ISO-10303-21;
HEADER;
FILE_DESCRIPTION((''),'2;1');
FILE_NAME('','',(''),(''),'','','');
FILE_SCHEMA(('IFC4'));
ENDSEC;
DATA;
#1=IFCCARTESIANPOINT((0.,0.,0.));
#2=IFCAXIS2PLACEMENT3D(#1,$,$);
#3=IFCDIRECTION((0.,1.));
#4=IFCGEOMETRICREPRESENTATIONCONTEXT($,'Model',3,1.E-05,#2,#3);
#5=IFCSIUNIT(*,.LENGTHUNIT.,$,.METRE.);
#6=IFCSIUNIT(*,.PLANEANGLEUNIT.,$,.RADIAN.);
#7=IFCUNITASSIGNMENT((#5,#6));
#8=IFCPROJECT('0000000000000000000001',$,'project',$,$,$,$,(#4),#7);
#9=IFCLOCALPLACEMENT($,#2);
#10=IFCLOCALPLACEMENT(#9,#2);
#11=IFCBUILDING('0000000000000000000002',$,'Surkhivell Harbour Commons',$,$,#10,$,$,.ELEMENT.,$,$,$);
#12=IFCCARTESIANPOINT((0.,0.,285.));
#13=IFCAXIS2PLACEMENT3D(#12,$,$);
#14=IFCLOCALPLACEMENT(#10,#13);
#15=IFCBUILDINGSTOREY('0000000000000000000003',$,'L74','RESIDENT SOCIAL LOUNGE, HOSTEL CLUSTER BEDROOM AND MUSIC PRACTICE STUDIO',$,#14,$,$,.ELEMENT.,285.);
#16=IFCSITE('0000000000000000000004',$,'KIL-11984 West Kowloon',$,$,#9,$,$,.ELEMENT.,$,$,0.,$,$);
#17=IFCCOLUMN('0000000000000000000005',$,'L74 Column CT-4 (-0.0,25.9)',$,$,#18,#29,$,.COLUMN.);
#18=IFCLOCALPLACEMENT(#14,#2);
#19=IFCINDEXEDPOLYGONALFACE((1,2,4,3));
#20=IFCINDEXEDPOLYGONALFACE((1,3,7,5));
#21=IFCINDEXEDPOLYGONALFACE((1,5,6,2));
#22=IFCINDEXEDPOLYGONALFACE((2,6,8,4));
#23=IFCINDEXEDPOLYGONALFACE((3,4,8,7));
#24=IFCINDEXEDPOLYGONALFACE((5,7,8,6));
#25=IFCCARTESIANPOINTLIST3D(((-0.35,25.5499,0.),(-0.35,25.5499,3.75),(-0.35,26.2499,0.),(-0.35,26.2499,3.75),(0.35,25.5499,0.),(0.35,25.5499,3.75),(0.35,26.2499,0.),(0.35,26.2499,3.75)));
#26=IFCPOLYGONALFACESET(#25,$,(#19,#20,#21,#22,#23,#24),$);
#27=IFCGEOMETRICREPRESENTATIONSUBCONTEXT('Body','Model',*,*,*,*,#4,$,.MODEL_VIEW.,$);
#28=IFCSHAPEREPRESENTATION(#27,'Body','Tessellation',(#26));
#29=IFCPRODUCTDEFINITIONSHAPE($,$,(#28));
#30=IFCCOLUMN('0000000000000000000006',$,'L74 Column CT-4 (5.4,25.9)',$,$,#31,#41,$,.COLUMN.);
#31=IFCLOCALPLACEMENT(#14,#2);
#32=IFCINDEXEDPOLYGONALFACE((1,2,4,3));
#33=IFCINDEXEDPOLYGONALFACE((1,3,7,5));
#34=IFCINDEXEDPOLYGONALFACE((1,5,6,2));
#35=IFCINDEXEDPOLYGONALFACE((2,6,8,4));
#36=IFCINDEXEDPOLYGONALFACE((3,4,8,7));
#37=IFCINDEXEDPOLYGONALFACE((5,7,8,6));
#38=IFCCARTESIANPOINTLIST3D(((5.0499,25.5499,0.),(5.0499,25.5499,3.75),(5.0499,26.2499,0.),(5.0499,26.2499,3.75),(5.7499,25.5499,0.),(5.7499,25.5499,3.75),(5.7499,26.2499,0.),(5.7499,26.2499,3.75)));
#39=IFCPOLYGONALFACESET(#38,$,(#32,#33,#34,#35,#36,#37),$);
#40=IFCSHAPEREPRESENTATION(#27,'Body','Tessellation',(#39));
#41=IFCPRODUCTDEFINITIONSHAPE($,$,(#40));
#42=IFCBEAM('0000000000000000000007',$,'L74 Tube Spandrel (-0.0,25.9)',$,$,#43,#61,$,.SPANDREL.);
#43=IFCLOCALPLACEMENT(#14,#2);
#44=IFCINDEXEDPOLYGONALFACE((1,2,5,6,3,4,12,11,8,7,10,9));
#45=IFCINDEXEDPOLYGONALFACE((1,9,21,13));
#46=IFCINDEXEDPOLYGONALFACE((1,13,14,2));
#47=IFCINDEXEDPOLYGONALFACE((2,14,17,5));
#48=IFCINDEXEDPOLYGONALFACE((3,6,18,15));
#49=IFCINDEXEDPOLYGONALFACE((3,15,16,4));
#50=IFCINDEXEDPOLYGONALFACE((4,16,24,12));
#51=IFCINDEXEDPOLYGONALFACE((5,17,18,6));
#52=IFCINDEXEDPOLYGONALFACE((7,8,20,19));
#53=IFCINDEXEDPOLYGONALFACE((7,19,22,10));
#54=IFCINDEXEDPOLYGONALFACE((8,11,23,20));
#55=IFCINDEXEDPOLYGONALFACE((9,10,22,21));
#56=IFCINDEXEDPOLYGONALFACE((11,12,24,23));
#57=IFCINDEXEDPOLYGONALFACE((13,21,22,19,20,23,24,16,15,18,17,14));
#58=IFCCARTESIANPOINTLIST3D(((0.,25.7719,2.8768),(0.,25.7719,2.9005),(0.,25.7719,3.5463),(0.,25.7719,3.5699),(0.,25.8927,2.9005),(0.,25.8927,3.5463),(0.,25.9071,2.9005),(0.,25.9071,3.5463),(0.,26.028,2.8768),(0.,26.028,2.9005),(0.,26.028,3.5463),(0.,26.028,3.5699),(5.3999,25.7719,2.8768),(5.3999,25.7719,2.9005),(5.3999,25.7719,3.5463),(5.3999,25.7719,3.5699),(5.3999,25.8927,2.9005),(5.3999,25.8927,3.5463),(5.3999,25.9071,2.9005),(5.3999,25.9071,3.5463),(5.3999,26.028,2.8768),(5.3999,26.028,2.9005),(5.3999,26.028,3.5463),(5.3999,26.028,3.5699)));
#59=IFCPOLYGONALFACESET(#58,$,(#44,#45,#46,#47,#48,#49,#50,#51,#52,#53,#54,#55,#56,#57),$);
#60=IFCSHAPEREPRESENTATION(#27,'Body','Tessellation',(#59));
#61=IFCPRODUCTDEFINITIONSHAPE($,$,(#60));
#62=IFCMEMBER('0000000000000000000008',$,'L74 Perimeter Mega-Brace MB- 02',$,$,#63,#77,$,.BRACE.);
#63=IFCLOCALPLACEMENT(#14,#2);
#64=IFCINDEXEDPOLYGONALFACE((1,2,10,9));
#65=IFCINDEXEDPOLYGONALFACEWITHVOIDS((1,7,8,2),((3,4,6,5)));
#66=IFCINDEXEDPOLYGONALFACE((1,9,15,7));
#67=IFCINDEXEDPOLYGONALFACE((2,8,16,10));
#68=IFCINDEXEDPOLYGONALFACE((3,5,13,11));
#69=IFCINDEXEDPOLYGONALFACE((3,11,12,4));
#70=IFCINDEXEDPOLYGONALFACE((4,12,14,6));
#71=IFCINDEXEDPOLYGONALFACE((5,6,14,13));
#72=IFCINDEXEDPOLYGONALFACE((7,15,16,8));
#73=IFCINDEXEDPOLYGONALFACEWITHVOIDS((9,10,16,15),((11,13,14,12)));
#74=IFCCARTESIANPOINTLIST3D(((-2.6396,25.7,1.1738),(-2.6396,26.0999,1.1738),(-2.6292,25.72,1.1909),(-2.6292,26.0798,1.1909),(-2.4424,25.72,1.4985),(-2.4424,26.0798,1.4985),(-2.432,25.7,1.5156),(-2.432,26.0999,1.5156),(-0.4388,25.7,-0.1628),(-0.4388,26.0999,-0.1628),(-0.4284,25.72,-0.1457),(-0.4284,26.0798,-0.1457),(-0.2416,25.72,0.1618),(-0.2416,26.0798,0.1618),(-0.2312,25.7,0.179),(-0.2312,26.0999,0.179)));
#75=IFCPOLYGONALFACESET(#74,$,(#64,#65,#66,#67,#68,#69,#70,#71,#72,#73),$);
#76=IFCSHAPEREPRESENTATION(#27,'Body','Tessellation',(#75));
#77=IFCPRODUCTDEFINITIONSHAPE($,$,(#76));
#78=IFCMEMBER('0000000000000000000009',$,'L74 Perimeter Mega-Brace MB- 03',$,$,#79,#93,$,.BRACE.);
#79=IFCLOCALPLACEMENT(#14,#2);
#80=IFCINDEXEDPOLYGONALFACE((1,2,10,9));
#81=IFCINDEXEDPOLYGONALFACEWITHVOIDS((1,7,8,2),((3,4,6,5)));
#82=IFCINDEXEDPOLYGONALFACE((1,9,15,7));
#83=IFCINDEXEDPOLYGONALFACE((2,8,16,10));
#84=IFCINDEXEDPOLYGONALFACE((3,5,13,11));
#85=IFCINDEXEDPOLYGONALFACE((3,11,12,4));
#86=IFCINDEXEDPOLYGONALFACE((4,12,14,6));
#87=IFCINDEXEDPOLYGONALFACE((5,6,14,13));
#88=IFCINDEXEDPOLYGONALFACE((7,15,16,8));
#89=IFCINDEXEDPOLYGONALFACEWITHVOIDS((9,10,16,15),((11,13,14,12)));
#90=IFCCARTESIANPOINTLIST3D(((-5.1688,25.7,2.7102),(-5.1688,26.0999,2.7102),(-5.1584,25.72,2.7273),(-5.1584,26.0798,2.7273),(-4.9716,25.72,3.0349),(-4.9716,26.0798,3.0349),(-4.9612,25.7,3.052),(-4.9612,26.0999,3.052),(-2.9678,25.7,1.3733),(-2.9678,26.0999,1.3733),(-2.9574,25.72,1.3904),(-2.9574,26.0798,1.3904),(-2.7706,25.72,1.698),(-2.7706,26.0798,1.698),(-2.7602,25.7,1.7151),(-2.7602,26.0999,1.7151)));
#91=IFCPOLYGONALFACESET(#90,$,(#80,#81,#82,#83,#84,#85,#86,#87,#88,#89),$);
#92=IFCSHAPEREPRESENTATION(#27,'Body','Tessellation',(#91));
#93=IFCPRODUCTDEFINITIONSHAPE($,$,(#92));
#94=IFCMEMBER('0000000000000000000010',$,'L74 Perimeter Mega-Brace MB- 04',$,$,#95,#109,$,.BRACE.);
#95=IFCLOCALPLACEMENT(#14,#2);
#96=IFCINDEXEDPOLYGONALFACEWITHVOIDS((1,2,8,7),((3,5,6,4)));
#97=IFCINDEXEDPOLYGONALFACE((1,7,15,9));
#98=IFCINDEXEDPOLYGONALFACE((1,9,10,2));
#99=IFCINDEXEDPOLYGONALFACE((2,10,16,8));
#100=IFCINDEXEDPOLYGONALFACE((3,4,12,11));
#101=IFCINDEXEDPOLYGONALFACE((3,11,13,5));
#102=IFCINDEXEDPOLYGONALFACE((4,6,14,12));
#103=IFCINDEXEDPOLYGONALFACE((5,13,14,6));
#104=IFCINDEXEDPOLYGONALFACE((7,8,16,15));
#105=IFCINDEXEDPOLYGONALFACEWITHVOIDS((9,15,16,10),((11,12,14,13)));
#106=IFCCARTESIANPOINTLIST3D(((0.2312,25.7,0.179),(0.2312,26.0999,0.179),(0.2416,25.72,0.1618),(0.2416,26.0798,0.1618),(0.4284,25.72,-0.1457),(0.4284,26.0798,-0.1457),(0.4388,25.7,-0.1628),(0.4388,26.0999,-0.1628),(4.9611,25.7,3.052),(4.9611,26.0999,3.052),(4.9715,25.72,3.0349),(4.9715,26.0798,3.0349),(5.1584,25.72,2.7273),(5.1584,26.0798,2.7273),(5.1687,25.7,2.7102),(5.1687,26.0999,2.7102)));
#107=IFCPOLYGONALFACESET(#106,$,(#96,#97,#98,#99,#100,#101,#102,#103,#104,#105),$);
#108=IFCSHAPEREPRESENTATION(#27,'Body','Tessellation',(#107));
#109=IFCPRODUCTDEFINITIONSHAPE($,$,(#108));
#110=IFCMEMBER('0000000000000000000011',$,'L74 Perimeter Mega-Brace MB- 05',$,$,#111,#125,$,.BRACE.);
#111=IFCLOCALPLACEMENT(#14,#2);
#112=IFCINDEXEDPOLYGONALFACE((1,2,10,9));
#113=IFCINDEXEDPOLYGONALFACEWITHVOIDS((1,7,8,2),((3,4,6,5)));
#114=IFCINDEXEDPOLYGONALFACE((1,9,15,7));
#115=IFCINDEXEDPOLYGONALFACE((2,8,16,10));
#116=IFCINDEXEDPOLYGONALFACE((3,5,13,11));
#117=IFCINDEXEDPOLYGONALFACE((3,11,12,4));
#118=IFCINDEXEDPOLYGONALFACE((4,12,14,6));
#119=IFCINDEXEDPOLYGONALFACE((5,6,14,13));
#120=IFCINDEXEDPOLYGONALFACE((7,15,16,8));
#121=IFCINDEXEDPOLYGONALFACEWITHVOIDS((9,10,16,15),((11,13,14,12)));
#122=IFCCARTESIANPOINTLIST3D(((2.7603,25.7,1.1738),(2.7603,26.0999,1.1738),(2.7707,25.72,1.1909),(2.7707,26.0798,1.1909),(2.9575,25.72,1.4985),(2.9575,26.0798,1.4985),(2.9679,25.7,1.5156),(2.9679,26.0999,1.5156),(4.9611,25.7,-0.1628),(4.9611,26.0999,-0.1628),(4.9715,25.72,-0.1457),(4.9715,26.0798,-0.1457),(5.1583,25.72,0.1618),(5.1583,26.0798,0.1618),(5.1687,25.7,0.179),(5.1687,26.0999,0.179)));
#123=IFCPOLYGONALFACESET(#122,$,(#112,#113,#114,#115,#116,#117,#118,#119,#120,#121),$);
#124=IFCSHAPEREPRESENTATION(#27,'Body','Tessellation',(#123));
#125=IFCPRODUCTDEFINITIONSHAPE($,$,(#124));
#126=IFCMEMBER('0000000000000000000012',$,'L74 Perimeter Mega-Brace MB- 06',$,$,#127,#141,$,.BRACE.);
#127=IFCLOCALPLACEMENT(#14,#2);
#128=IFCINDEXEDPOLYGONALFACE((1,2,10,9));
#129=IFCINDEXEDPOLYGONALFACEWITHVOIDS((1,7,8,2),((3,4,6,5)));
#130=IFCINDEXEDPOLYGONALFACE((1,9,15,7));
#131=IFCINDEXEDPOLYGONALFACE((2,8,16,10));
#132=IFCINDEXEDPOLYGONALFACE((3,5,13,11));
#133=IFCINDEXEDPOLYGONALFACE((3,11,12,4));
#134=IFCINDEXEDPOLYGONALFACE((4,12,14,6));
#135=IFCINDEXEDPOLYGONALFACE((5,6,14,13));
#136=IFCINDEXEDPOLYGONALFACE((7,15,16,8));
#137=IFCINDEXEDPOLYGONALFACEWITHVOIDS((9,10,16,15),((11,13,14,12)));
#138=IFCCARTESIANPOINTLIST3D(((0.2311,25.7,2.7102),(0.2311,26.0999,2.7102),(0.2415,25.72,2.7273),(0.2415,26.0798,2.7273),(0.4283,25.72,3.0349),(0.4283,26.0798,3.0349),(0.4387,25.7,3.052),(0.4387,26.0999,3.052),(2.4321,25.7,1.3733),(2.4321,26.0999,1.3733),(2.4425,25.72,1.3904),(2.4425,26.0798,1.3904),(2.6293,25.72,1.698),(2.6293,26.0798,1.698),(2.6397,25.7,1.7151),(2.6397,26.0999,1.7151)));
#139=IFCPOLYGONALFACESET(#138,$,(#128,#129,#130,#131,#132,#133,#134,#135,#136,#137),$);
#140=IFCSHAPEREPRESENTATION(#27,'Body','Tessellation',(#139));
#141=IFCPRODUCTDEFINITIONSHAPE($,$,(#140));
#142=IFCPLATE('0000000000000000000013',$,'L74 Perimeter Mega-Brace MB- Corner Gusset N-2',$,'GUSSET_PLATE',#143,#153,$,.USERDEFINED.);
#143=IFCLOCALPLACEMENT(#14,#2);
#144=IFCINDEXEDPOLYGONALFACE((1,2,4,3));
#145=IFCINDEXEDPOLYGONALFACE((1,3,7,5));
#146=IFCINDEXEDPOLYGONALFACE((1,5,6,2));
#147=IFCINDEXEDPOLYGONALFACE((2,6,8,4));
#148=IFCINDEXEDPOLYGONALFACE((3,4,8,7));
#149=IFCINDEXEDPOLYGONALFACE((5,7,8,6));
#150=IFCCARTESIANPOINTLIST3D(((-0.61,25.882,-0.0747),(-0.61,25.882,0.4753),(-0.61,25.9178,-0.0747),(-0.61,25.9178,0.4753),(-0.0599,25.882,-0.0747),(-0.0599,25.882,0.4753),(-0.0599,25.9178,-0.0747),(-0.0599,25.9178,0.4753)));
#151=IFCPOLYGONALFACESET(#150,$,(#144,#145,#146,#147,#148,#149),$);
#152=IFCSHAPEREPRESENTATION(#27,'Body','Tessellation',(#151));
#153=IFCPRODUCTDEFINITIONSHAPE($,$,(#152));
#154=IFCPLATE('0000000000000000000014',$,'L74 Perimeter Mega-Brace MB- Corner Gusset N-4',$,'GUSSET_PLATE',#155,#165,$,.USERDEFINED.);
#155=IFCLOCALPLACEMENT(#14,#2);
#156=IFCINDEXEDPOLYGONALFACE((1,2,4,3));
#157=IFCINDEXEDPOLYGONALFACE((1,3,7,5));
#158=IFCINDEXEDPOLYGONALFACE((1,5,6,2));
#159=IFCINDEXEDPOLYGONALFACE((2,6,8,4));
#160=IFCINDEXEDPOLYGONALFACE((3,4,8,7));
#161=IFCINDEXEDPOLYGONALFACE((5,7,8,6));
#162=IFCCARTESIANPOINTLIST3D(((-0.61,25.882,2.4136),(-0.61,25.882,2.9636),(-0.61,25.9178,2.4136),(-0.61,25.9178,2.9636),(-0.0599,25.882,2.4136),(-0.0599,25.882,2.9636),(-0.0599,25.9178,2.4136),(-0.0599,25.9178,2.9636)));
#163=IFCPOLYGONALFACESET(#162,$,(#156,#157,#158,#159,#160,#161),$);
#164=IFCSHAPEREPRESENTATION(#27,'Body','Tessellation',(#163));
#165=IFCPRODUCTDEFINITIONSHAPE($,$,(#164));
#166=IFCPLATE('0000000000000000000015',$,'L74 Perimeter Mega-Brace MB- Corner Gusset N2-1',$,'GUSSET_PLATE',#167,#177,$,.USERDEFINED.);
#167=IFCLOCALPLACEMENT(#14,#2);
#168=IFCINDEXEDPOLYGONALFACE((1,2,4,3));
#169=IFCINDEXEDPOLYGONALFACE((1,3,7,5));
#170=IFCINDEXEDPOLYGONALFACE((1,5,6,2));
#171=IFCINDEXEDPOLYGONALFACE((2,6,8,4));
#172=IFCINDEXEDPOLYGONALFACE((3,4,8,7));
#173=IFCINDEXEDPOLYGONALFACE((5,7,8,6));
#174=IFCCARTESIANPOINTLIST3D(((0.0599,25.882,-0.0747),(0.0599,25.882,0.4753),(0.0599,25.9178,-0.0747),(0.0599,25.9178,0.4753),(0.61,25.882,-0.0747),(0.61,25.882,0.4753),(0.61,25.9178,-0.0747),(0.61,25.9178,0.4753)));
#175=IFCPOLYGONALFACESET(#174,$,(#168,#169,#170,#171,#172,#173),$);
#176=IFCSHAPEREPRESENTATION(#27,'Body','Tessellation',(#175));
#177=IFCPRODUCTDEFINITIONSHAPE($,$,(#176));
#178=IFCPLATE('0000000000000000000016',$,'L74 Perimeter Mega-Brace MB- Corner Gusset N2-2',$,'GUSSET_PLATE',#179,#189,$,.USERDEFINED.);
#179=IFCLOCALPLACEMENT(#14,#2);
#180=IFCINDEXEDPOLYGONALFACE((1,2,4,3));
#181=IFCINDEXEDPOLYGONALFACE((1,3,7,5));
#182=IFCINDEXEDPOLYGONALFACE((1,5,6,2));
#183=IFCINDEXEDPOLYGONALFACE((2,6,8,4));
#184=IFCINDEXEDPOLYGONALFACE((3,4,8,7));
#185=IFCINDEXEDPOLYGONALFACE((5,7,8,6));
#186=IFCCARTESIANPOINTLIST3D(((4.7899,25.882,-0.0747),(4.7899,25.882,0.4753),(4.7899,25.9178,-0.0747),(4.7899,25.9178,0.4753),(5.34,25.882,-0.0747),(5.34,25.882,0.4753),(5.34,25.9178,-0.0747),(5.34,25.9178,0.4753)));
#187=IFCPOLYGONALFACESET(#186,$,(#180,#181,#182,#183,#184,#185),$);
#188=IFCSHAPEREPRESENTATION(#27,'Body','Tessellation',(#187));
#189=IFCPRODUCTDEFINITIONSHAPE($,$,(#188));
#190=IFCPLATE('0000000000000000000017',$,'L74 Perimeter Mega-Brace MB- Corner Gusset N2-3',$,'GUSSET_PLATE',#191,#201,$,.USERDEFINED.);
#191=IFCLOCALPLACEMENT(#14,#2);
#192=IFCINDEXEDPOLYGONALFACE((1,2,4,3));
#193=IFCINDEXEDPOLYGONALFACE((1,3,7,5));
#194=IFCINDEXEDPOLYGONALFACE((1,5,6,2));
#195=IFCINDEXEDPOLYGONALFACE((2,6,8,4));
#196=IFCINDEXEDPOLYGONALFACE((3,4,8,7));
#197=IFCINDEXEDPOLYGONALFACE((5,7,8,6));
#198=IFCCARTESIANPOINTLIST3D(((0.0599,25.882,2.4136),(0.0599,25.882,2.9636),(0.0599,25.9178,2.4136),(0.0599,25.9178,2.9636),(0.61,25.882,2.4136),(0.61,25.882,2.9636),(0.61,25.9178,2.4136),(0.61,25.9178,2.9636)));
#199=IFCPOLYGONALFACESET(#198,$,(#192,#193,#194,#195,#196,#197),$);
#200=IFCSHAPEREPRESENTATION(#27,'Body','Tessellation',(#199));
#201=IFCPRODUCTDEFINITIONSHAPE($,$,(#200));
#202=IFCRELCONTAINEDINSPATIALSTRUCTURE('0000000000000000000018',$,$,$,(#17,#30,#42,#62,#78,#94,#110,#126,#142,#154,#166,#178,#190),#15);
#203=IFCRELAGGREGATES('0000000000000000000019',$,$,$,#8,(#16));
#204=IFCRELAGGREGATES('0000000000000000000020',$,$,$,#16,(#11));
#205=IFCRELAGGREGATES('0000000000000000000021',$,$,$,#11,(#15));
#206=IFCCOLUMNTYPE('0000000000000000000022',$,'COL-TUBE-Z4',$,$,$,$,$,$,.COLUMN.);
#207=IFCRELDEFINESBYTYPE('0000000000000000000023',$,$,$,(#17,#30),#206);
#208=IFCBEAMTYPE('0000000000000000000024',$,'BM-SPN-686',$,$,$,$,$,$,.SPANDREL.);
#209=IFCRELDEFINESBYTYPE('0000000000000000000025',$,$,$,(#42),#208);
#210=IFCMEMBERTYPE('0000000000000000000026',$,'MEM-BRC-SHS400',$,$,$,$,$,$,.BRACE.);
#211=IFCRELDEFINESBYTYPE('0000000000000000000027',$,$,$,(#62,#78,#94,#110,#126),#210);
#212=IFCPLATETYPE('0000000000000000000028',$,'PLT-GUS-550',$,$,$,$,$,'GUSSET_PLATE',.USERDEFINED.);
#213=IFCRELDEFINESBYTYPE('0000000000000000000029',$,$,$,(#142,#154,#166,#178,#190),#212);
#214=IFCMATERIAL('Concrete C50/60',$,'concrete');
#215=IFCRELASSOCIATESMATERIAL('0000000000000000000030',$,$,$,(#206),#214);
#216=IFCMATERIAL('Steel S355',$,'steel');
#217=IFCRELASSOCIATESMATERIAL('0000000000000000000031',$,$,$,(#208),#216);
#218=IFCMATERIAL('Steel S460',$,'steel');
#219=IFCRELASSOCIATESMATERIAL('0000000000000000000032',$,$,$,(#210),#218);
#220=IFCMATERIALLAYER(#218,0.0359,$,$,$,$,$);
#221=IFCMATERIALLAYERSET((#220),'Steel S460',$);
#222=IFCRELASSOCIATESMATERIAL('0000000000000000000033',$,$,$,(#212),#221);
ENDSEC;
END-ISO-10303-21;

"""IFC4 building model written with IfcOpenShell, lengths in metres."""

from ifc_helpers import new_model, si_unit, direction, frame, origin, origin_2d, place, context, subcontext, project, spatial, rectangle, hollow_rectangle, i_section, extrude, material, layer, layer_set, material_profile, profile_set, type_object, element, save


model = new_model("IFC4")

# Units and contexts
model_context = context("Model", 3, precision=1e-05, world=origin(), true_north=direction((0.0, 1.0)))
body_context = subcontext(model_context, "Body", "Model", "MODEL_VIEW")
ifc_project = project(units=[si_unit("LENGTHUNIT", "METRE"), si_unit("PLANEANGLEUNIT", "RADIAN")], contexts=[model_context])

# Site, building, storey
site_placement = place(None, origin())
site = spatial("IfcSite", under=ifc_project, at=site_placement, Name="KIL-11984 West Kowloon", CompositionType="ELEMENT", RefElevation=0.0)
building_placement = place(site_placement, origin())
building = spatial("IfcBuilding", under=site, at=building_placement, Name="Surkhivell Harbour Commons", CompositionType="ELEMENT")
storey_placement = place(building_placement, frame((0.0, 0.0, 285.0)))
storey = spatial("IfcBuildingStorey", under=building, at=storey_placement, Name="L74", Description="RESIDENT SOCIAL LOUNGE, HOSTEL CLUSTER BEDROOM AND MUSIC PRACTICE STUDIO", CompositionType="ELEMENT", Elevation=285.0)

# Columns
ifc_material_1 = material(Name="Concrete C50/60", Category="concrete")
ifc_material_profile_1 = material_profile(ifc_material_1, rectangle(XDim=0.7, YDim=0.7, at=origin_2d()), Name="RC-COL-700x700")
ifc_profile_set_1 = profile_set([ifc_material_profile_1], Name="Concrete C50/60")
column_type = type_object("IfcColumnType", Name="COL-TUBE-Z4", PredefinedType="COLUMN", material=ifc_profile_set_1)
for number, where, z_axis, x_axis, name in (
    (1, (0.0, 25.8999, 0.0), (0.0, 0.0, 1.0), (1.0, 0.0, 0.0), "L74 Column CT-4 (-0.0,25.9)"),
    (2, (5.3999, 25.8999, 0.0), (0.0, 0.0, 1.0), (1.0, 0.0, 0.0), "L74 Column CT-4 (5.4,25.9)"),
):
    element("IfcColumn", number, at=place(storey_placement, frame(where, z_axis=z_axis, x_axis=x_axis)), inside=storey, type_object=column_type, Name=name, PredefinedType="COLUMN", context=body_context, shape_type="SweptSolid", body=[
        extrude(rectangle(XDim=0.7, YDim=0.7, at=origin_2d()), origin(), (0.0, 0.0, 1.0), 3.75),
    ])

# Beam
ifc_material_2 = material(Name="Steel S355", Category="steel")
ifc_material_profile_2 = material_profile(ifc_material_2, i_section(OverallWidth=0.2561, OverallDepth=0.6931, WebThickness=0.0144, FlangeThickness=0.0237, at=origin_2d()), Name="UB686x254x170")
ifc_profile_set_2 = profile_set([ifc_material_profile_2], Name="Steel S355")
beam_type = type_object("IfcBeamType", Name="BM-SPN-686", PredefinedType="SPANDREL", material=ifc_profile_set_2)
beam_placement = place(storey_placement, frame((0.0, 25.8999, 3.2234), z_axis=(1.0, 0.0, 0.0), x_axis=(0.0, 1.0, 0.0)))
element("IfcBeam", 3, at=beam_placement, inside=storey, type_object=beam_type, Name="L74 Tube Spandrel (-0.0,25.9)", PredefinedType="SPANDREL", context=body_context, shape_type="SweptSolid", body=[
    extrude(i_section(OverallWidth=0.2561, OverallDepth=0.6931, WebThickness=0.0144, FlangeThickness=0.0237, at=origin_2d()), origin(), (0.0, 0.0, 1.0), 5.3999),
])

# Members
ifc_material_3 = material(Name="Steel S460", Category="steel")
ifc_material_profile_3 = material_profile(ifc_material_3, hollow_rectangle(XDim=0.3999, YDim=0.3999, WallThickness=0.02, at=origin_2d()), Name="SHS400x400x20")
ifc_profile_set_3 = profile_set([ifc_material_profile_3], Name="Steel S460")
member_type = type_object("IfcMemberType", Name="MEM-BRC-SHS400", PredefinedType="BRACE", material=ifc_profile_set_3)
member_1_placement = place(storey_placement, frame((-0.335, 25.8999, 0.0081), z_axis=(-0.85472, 0.0, 0.519089), x_axis=(0.0, -1.0, 0.0)))
element("IfcMember", 4, at=member_1_placement, inside=storey, type_object=member_type, Name="L74 Perimeter Mega-Brace MB- 02", PredefinedType="BRACE", context=body_context, shape_type="SweptSolid", body=[
    extrude(hollow_rectangle(XDim=0.3999, YDim=0.3999, WallThickness=0.02, at=origin_2d()), origin(), (0.0, 0.0, 1.0), 2.575),
])
member_2_placement = place(storey_placement, frame((-2.864, 25.8999, 1.5442), z_axis=(-0.854678, 0.0, 0.519159), x_axis=(0.0, -1.0, 0.0)))
element("IfcMember", 5, at=member_2_placement, inside=storey, type_object=member_type, Name="L74 Perimeter Mega-Brace MB- 03", PredefinedType="BRACE", context=body_context, shape_type="SweptSolid", body=[
    extrude(hollow_rectangle(XDim=0.3999, YDim=0.3999, WallThickness=0.02, at=origin_2d()), origin(), (0.0, 0.0, 1.0), 2.5752),
])
member_3_placement = place(storey_placement, frame((0.335, 25.8999, 0.0081), z_axis=(0.854685, 0.0, 0.519146), x_axis=(0.0, 1.0, 0.0)))
element("IfcMember", 6, at=member_3_placement, inside=storey, type_object=member_type, Name="L74 Perimeter Mega-Brace MB- 04", PredefinedType="BRACE", context=body_context, shape_type="SweptSolid", body=[
    extrude(hollow_rectangle(XDim=0.3999, YDim=0.3999, WallThickness=0.02, at=origin_2d()), origin(), (0.0, 0.0, 1.0), 5.5342),
])
member_4_placement = place(storey_placement, frame((5.0649, 25.8999, 0.0081), z_axis=(-0.85472, 0.0, 0.519089), x_axis=(0.0, -1.0, 0.0)))
element("IfcMember", 7, at=member_4_placement, inside=storey, type_object=member_type, Name="L74 Perimeter Mega-Brace MB- 05", PredefinedType="BRACE", context=body_context, shape_type="SweptSolid", body=[
    extrude(hollow_rectangle(XDim=0.3999, YDim=0.3999, WallThickness=0.02, at=origin_2d()), origin(), (0.0, 0.0, 1.0), 2.575),
])
member_5_placement = place(storey_placement, frame((2.5359, 25.8999, 1.5442), z_axis=(-0.854678, 0.0, 0.519159), x_axis=(0.0, -1.0, 0.0)))
element("IfcMember", 8, at=member_5_placement, inside=storey, type_object=member_type, Name="L74 Perimeter Mega-Brace MB- 06", PredefinedType="BRACE", context=body_context, shape_type="SweptSolid", body=[
    extrude(hollow_rectangle(XDim=0.3999, YDim=0.3999, WallThickness=0.02, at=origin_2d()), origin(), (0.0, 0.0, 1.0), 2.5752),
])

# Plates
ifc_layer_1 = layer(ifc_material_3, 0.0359)
ifc_layer_set_1 = layer_set([ifc_layer_1], Name="Steel S460")
plate_type_1 = type_object("IfcPlateType", Name="PLT-GUS-550", ElementType="GUSSET_PLATE", PredefinedType="USERDEFINED", material=ifc_layer_set_1)
for number, where, z_axis, x_axis, name in (
    (9, (-0.335, 25.8999, -0.0747), (0.0, 0.0, 1.0), (1.0, 0.0, 0.0), "L74 Perimeter Mega-Brace MB- Corner Gusset N-2"),
    (10, (-0.335, 25.8999, 2.4136), (0.0, 0.0, 1.0), (1.0, 0.0, 0.0), "L74 Perimeter Mega-Brace MB- Corner Gusset N-4"),
    (11, (0.335, 25.8999, -0.0747), (0.0, 0.0, 1.0), (1.0, 0.0, 0.0), "L74 Perimeter Mega-Brace MB- Corner Gusset N2-1"),
    (12, (5.0649, 25.8999, -0.0747), (0.0, 0.0, 1.0), (1.0, 0.0, 0.0), "L74 Perimeter Mega-Brace MB- Corner Gusset N2-2"),
    (13, (0.335, 25.8999, 2.4136), (0.0, 0.0, 1.0), (1.0, 0.0, 0.0), "L74 Perimeter Mega-Brace MB- Corner Gusset N2-3"),
):
    element("IfcPlate", number, at=place(storey_placement, frame(where, z_axis=z_axis, x_axis=x_axis)), inside=storey, type_object=plate_type_1, Name=name, ObjectType="GUSSET_PLATE", PredefinedType="USERDEFINED", context=body_context, shape_type="SweptSolid", body=[
        extrude(rectangle(XDim=0.55, YDim=0.0359, at=origin_2d()), origin(), (0.0, 0.0, 1.0), 0.55),
    ])

save(model, "model.ifc")
